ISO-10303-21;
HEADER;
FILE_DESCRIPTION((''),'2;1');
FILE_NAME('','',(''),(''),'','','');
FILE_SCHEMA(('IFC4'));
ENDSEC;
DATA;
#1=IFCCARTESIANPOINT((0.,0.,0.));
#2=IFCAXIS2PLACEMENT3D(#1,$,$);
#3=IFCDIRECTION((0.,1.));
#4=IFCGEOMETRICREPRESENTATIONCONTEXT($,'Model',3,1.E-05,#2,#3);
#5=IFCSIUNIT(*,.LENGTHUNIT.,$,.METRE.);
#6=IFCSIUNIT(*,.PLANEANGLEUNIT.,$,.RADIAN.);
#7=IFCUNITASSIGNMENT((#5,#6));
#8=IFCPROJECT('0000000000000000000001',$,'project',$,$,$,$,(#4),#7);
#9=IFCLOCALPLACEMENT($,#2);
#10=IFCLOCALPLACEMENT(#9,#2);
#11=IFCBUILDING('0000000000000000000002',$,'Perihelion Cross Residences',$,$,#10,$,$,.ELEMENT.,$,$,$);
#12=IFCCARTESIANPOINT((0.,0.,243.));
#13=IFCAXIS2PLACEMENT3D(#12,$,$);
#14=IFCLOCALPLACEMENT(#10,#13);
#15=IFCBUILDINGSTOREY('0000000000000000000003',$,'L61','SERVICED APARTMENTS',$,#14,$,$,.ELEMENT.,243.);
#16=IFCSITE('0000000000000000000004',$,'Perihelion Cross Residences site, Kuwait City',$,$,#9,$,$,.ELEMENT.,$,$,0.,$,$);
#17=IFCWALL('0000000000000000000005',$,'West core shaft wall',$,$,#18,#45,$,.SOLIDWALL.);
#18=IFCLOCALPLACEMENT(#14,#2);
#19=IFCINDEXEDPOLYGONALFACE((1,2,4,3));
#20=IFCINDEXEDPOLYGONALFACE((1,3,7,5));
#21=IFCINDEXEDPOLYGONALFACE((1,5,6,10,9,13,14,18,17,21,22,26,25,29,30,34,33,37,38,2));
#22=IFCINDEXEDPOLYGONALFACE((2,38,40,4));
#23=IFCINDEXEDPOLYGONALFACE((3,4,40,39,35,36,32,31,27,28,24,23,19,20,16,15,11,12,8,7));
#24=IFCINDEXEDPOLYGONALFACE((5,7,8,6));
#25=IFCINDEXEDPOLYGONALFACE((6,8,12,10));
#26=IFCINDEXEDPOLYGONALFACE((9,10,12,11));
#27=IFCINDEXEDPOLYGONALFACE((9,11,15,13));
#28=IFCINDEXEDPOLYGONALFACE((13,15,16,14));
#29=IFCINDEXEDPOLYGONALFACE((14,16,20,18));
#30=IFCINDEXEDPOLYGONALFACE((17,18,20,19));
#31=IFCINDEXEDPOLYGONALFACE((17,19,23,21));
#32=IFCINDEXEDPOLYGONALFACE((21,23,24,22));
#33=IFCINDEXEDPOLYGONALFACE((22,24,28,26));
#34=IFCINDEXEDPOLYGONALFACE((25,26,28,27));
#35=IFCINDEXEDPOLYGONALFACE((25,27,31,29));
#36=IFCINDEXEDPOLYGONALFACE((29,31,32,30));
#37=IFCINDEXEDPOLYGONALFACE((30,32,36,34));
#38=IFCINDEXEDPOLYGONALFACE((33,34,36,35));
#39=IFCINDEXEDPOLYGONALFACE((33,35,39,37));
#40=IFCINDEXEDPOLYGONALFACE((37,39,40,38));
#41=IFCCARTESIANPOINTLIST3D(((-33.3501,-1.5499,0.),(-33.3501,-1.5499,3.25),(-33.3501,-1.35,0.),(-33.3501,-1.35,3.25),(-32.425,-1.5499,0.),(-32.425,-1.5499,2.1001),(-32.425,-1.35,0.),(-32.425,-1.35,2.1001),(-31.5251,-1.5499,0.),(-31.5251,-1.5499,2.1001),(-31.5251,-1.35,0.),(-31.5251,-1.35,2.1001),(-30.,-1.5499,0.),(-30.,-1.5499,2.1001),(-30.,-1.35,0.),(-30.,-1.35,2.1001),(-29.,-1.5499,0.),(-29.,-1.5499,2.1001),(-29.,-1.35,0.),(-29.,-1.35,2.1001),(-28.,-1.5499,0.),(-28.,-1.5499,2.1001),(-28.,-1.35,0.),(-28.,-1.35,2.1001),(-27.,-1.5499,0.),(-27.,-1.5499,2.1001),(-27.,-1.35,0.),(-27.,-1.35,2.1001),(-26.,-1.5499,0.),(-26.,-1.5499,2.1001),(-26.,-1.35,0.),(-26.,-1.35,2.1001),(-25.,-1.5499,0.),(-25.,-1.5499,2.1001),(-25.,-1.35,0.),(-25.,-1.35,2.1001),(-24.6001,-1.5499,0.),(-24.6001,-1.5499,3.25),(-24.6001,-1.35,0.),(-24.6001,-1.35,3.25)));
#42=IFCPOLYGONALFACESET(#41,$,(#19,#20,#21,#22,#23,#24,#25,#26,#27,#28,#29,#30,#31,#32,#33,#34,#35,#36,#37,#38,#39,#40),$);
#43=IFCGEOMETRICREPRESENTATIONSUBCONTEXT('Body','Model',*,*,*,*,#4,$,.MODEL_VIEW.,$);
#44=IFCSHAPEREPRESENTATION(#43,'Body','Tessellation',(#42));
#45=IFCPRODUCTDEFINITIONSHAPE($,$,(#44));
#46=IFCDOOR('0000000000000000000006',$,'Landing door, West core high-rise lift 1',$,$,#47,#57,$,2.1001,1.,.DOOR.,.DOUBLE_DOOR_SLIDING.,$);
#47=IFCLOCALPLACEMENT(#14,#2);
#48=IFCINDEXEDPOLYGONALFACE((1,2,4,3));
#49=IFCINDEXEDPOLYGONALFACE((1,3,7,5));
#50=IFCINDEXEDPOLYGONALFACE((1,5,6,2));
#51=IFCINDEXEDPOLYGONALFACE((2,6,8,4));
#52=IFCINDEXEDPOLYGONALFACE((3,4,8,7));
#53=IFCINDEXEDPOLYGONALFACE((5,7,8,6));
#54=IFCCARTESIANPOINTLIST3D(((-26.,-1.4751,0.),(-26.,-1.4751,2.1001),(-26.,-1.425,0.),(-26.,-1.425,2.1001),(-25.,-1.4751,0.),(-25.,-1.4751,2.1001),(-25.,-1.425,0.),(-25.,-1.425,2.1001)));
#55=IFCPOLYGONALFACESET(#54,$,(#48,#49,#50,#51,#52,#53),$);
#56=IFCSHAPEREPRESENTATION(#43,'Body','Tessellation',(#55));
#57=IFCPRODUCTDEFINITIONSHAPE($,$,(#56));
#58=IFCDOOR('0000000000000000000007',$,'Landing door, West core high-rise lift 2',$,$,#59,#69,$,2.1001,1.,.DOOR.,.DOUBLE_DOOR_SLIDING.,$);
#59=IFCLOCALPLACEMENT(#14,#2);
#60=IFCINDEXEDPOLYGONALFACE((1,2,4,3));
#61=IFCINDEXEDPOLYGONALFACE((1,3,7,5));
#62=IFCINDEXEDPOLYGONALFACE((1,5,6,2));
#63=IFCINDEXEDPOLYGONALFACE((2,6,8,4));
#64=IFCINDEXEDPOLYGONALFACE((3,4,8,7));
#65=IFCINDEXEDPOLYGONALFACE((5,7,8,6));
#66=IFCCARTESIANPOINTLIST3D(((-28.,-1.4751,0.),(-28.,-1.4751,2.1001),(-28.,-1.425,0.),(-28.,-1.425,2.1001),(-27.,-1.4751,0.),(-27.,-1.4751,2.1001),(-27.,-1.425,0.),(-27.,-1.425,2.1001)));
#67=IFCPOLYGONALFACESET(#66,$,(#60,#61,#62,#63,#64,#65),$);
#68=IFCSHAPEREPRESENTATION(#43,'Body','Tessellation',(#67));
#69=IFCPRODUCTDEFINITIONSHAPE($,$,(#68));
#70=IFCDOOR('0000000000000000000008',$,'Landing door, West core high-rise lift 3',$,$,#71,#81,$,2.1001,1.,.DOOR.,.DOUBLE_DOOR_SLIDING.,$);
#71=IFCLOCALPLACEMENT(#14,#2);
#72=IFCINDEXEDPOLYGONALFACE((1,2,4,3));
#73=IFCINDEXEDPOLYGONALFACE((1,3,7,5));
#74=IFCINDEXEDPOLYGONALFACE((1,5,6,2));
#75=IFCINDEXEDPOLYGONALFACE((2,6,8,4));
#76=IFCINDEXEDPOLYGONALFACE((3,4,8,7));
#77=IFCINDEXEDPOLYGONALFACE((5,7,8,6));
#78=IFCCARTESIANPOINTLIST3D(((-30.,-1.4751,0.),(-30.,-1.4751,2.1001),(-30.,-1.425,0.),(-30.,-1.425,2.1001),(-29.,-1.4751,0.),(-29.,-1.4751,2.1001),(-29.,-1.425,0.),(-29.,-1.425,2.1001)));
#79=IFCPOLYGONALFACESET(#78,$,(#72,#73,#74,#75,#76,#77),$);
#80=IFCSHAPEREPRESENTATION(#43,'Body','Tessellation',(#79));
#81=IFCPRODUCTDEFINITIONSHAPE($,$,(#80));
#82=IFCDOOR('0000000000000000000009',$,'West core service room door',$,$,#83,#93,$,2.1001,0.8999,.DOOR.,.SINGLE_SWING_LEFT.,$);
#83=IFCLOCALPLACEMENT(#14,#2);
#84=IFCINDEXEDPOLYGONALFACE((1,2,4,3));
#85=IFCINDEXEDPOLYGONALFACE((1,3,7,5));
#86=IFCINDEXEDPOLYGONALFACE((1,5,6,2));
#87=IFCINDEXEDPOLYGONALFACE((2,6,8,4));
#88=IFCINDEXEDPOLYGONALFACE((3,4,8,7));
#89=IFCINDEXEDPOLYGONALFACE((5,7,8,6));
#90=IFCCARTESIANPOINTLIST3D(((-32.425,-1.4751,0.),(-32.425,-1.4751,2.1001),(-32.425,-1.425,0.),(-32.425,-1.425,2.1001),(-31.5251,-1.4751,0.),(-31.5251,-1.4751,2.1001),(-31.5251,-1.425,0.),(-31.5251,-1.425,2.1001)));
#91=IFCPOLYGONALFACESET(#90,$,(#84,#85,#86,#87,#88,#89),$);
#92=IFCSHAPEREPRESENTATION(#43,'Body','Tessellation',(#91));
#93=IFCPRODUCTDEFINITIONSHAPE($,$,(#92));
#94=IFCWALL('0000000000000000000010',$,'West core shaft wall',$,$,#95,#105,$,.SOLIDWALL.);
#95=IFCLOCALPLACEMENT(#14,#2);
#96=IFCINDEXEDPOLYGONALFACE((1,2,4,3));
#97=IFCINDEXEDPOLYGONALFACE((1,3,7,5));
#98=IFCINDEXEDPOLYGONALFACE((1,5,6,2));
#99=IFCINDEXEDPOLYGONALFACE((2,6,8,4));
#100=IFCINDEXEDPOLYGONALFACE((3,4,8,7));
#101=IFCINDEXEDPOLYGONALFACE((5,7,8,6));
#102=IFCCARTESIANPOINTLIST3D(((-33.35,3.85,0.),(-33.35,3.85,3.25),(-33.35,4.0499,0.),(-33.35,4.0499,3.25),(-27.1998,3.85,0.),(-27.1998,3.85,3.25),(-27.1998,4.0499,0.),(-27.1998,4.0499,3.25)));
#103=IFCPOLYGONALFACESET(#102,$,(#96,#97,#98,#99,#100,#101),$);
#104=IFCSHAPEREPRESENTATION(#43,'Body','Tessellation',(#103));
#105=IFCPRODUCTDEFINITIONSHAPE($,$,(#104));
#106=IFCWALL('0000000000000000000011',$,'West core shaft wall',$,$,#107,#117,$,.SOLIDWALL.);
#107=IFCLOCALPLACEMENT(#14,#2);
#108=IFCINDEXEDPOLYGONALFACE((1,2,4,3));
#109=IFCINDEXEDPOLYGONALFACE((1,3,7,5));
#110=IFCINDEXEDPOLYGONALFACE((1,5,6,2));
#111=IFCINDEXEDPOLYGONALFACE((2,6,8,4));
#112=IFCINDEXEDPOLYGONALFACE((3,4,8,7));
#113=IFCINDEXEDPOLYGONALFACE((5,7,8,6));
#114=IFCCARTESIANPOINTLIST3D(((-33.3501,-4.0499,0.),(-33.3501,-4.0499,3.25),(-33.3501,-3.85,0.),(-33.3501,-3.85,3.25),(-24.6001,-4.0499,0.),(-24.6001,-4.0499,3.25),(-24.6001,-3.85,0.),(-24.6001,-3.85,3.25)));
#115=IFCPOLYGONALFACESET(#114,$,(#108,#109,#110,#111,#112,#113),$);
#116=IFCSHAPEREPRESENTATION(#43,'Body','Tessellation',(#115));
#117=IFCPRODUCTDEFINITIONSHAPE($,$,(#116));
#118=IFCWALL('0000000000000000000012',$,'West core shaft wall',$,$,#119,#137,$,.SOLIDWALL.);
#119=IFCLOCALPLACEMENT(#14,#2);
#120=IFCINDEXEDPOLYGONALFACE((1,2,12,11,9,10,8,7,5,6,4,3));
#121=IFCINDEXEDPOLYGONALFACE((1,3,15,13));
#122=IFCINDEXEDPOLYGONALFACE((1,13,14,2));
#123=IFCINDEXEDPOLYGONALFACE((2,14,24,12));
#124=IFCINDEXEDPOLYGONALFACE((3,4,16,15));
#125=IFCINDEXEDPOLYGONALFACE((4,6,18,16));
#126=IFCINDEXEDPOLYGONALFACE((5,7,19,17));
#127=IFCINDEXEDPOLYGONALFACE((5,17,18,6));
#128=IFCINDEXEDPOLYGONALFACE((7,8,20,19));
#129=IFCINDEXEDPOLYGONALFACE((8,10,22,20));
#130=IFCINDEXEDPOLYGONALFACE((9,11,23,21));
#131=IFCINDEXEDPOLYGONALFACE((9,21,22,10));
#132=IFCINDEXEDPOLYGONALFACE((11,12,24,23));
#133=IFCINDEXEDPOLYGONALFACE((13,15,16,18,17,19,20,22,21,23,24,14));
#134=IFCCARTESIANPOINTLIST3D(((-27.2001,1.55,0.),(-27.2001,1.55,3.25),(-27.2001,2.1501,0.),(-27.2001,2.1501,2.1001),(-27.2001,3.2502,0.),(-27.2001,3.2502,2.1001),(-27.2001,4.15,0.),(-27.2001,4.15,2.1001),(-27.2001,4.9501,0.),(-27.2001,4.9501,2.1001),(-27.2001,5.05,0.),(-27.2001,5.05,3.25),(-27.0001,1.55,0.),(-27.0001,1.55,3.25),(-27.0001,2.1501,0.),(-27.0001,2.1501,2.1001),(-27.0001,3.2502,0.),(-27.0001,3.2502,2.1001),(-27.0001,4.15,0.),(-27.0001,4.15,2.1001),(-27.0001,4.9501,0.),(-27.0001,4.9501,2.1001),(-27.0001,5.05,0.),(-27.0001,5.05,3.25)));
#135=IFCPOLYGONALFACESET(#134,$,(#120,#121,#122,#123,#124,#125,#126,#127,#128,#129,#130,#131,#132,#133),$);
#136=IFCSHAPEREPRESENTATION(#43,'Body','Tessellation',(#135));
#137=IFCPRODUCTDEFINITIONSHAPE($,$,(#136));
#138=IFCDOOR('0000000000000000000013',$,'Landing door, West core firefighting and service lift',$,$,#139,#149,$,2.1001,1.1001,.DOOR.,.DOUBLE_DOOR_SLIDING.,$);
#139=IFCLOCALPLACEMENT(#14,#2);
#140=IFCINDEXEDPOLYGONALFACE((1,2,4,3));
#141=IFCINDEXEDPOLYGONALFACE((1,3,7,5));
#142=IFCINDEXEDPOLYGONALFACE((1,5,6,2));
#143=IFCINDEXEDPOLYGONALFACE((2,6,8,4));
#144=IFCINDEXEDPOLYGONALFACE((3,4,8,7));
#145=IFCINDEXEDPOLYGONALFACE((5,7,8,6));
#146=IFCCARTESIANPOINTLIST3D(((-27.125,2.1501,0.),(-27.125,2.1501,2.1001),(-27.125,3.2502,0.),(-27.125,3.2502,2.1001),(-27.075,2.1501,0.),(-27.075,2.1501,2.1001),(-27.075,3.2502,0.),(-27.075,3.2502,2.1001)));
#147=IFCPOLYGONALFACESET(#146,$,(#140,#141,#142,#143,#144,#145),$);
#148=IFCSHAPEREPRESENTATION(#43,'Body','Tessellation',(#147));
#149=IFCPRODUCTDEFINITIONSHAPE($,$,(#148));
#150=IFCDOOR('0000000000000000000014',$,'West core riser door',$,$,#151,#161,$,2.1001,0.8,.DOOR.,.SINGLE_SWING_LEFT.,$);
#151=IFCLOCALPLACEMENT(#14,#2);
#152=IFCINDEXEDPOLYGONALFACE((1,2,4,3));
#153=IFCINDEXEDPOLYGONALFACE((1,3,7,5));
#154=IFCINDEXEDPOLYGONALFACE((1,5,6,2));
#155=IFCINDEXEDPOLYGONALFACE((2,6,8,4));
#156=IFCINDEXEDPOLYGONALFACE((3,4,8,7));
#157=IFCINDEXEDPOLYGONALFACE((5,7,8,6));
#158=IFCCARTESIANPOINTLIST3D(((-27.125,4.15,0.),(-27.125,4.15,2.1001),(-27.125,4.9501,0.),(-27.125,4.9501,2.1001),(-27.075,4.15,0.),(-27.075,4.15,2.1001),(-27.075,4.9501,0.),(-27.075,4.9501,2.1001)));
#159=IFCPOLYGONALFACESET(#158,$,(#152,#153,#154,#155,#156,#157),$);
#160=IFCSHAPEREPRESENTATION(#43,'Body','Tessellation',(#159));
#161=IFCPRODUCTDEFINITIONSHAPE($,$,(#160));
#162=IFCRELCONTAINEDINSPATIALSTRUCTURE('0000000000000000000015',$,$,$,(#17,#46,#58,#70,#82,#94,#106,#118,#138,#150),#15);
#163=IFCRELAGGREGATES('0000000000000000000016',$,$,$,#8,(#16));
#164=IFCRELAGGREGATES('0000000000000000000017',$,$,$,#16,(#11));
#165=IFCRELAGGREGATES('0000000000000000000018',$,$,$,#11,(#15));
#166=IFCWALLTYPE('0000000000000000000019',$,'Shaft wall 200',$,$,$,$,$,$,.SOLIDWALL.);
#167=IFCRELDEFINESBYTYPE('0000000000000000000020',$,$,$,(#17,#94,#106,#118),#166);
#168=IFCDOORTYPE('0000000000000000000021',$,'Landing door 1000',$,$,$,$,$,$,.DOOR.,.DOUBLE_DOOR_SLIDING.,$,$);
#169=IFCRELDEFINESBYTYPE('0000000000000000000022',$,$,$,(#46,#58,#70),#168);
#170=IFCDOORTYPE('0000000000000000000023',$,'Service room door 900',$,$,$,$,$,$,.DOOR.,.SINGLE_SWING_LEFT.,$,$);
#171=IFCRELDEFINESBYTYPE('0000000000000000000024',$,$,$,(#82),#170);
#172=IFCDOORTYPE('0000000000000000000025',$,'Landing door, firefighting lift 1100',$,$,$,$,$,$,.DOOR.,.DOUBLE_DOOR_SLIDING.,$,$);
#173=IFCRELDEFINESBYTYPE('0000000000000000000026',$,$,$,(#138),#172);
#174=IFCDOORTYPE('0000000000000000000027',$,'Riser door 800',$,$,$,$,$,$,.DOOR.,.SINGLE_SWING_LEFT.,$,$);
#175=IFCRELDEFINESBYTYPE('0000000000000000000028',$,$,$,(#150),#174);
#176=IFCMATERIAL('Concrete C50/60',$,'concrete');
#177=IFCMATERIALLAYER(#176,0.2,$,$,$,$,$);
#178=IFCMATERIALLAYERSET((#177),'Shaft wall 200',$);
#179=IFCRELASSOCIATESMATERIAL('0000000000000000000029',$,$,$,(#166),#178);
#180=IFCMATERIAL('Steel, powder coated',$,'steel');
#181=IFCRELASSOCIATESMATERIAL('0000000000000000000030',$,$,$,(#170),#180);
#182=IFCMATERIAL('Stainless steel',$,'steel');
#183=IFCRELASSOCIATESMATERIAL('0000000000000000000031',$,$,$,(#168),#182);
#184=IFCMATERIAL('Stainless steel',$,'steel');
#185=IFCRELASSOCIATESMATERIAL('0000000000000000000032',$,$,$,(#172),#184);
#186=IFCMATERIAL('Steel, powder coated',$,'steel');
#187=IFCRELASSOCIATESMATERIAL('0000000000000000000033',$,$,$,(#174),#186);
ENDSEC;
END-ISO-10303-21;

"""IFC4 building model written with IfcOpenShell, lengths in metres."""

from ifc_helpers import new_model, si_unit, direction, frame, frame_2d, origin, place, context, subcontext, project, spatial, rectangle, extrude, material, layer, layer_set, type_object, element, fill, save


model = new_model("IFC4")

# Units and contexts
model_context = context("Model", 3, precision=1e-05, world=origin(), true_north=direction((0.0, 1.0)))
body_context = subcontext(model_context, "Body", "Model", "MODEL_VIEW")
ifc_project = project(units=[si_unit("LENGTHUNIT", "METRE"), si_unit("PLANEANGLEUNIT", "RADIAN")], contexts=[model_context])

# Site, building, storey
site_placement = place(None, origin())
site = spatial("IfcSite", under=ifc_project, at=site_placement, Name="Perihelion Cross Residences site, Kuwait City", CompositionType="ELEMENT", RefElevation=0.0)
building_placement = place(site_placement, origin())
building = spatial("IfcBuilding", under=site, at=building_placement, Name="Perihelion Cross Residences", CompositionType="ELEMENT")
storey_placement = place(building_placement, frame((0.0, 0.0, 243.0)))
storey = spatial("IfcBuildingStorey", under=building, at=storey_placement, Name="L61", Description="SERVICED APARTMENTS", CompositionType="ELEMENT", Elevation=243.0)

# Wall, openings, doors
ifc_material_1 = material(Name="Concrete C50/60", Category="concrete")
ifc_layer_1 = layer(ifc_material_1, 0.2)
ifc_layer_set_1 = layer_set([ifc_layer_1], Name="Shaft wall 200")
wall_type_1 = type_object("IfcWallType", Name="Shaft wall 200", PredefinedType="SOLIDWALL", material=ifc_layer_set_1)
ifc_material_2 = material(Name="Steel, powder coated", Category="steel")
door_type_1 = type_object("IfcDoorType", Name="Service room door 900", OperationType="SINGLE_SWING_LEFT", PredefinedType="DOOR", material=ifc_material_2)
wall_1_placement = place(storey_placement, frame((-33.3501, -1.45, 0.0), z_axis=(0.0, 0.0, 1.0), x_axis=(1.0, 0.0, 0.0)))
wall_1 = element("IfcWall", 1, at=wall_1_placement, inside=storey, type_object=wall_type_1, Name="West core shaft wall", PredefinedType="SOLIDWALL", context=body_context, shape_type="SweptSolid", body=[
    extrude(rectangle(XDim=8.75, YDim=0.2, at=frame_2d((4.375, 0.0))), origin(), (0.0, 0.0, 1.0), 3.25),
])
opening_1_placement = place(wall_1_placement, frame((7.3501, 0.0, 0.0)))
opening_1 = element("IfcOpeningElement", 2, at=opening_1_placement, cuts=wall_1, PredefinedType="OPENING", context=body_context, shape_type="SweptSolid", body=[
    extrude(rectangle(XDim=1.0, YDim=2.1001, at=frame_2d((0.5, 1.05))), frame((0.0, 0.1099, 0.0), z_axis=(0.0, -1.0, 0.0), x_axis=(1.0, 0.0, 0.0)), (0.0, 0.0, 1.0), 0.22),
])
opening_2_placement = place(wall_1_placement, frame((5.3501, 0.0, 0.0)))
opening_2 = element("IfcOpeningElement", 3, at=opening_2_placement, cuts=wall_1, PredefinedType="OPENING", context=body_context, shape_type="SweptSolid", body=[
    extrude(rectangle(XDim=1.0, YDim=2.1001, at=frame_2d((0.5, 1.05))), frame((0.0, 0.1099, 0.0), z_axis=(0.0, -1.0, 0.0), x_axis=(1.0, 0.0, 0.0)), (0.0, 0.0, 1.0), 0.22),
])
opening_3_placement = place(wall_1_placement, frame((3.3501, 0.0, 0.0)))
opening_3 = element("IfcOpeningElement", 4, at=opening_3_placement, cuts=wall_1, PredefinedType="OPENING", context=body_context, shape_type="SweptSolid", body=[
    extrude(rectangle(XDim=1.0, YDim=2.1001, at=frame_2d((0.5, 1.05))), frame((0.0, 0.1099, 0.0), z_axis=(0.0, -1.0, 0.0), x_axis=(1.0, 0.0, 0.0)), (0.0, 0.0, 1.0), 0.22),
])
opening_4_placement = place(wall_1_placement, frame((0.925, 0.0, 0.0)))
opening_4 = element("IfcOpeningElement", 5, at=opening_4_placement, cuts=wall_1, PredefinedType="OPENING", context=body_context, shape_type="SweptSolid", body=[
    extrude(rectangle(XDim=0.8999, YDim=2.1001, at=frame_2d((0.45, 1.05))), frame((0.0, 0.1099, 0.0), z_axis=(0.0, -1.0, 0.0), x_axis=(1.0, 0.0, 0.0)), (0.0, 0.0, 1.0), 0.22),
])
ifc_material_3 = material(Name="Stainless steel", Category="steel")
door_type_2 = type_object("IfcDoorType", Name="Landing door 1000", OperationType="DOUBLE_DOOR_SLIDING", PredefinedType="DOOR", material=ifc_material_3)
door_1_placement = place(opening_1_placement, origin())
door_1 = element("IfcDoor", 6, at=door_1_placement, inside=storey, type_object=door_type_2, Name="Landing door, West core high-rise lift 1", OperationType="DOUBLE_DOOR_SLIDING", OverallHeight=2.1001, OverallWidth=1.0, PredefinedType="DOOR", context=body_context, shape_type="SweptSolid", body=[
    extrude(rectangle(XDim=1.0, YDim=2.1001, at=frame_2d((0.5, 1.05))), frame((0.0, 0.0249, 0.0), z_axis=(0.0, -1.0, 0.0), x_axis=(1.0, 0.0, 0.0)), (0.0, 0.0, 1.0), 0.05),
])
fill(opening_1, door_1)
door_2_placement = place(opening_2_placement, origin())
door_2 = element("IfcDoor", 7, at=door_2_placement, inside=storey, type_object=door_type_2, Name="Landing door, West core high-rise lift 2", OperationType="DOUBLE_DOOR_SLIDING", OverallHeight=2.1001, OverallWidth=1.0, PredefinedType="DOOR", context=body_context, shape_type="SweptSolid", body=[
    extrude(rectangle(XDim=1.0, YDim=2.1001, at=frame_2d((0.5, 1.05))), frame((0.0, 0.0249, 0.0), z_axis=(0.0, -1.0, 0.0), x_axis=(1.0, 0.0, 0.0)), (0.0, 0.0, 1.0), 0.05),
])
fill(opening_2, door_2)
door_3_placement = place(opening_3_placement, origin())
door_3 = element("IfcDoor", 8, at=door_3_placement, inside=storey, type_object=door_type_2, Name="Landing door, West core high-rise lift 3", OperationType="DOUBLE_DOOR_SLIDING", OverallHeight=2.1001, OverallWidth=1.0, PredefinedType="DOOR", context=body_context, shape_type="SweptSolid", body=[
    extrude(rectangle(XDim=1.0, YDim=2.1001, at=frame_2d((0.5, 1.05))), frame((0.0, 0.0249, 0.0), z_axis=(0.0, -1.0, 0.0), x_axis=(1.0, 0.0, 0.0)), (0.0, 0.0, 1.0), 0.05),
])
fill(opening_3, door_3)
door_4_placement = place(opening_4_placement, origin())
door_4 = element("IfcDoor", 9, at=door_4_placement, inside=storey, type_object=door_type_1, Name="West core service room door", OperationType="SINGLE_SWING_LEFT", OverallHeight=2.1001, OverallWidth=0.8999, PredefinedType="DOOR", context=body_context, shape_type="SweptSolid", body=[
    extrude(rectangle(XDim=0.8999, YDim=2.1001, at=frame_2d((0.45, 1.05))), frame((0.0, 0.0249, 0.0), z_axis=(0.0, -1.0, 0.0), x_axis=(1.0, 0.0, 0.0)), (0.0, 0.0, 1.0), 0.05),
])
fill(opening_4, door_4)

# Walls
wall_2_placement = place(storey_placement, frame((-33.3501, 3.95, 0.0), z_axis=(0.0, 0.0, 1.0), x_axis=(1.0, 0.0, 0.0)))
element("IfcWall", 10, at=wall_2_placement, inside=storey, type_object=wall_type_1, Name="West core shaft wall", PredefinedType="SOLIDWALL", context=body_context, shape_type="SweptSolid", body=[
    extrude(rectangle(XDim=6.1501, YDim=0.2, at=frame_2d((3.0752, 0.0))), origin(), (0.0, 0.0, 1.0), 3.25),
])
wall_3_placement = place(storey_placement, frame((-33.3501, -3.95, 0.0), z_axis=(0.0, 0.0, 1.0), x_axis=(1.0, 0.0, 0.0)))
element("IfcWall", 11, at=wall_3_placement, inside=storey, type_object=wall_type_1, Name="West core shaft wall", PredefinedType="SOLIDWALL", context=body_context, shape_type="SweptSolid", body=[
    extrude(rectangle(XDim=8.75, YDim=0.2, at=frame_2d((4.375, 0.0))), origin(), (0.0, 0.0, 1.0), 3.25),
])

# Wall, openings, doors
wall_4_placement = place(storey_placement, frame((-27.1001, 1.55, 0.0), z_axis=(0.0, 0.0, 1.0), x_axis=(0.0, 1.0, 0.0)))
wall_4 = element("IfcWall", 12, at=wall_4_placement, inside=storey, type_object=wall_type_1, Name="West core shaft wall", PredefinedType="SOLIDWALL", context=body_context, shape_type="SweptSolid", body=[
    extrude(rectangle(XDim=3.5, YDim=0.2, at=frame_2d((1.75, 0.0))), origin(), (0.0, 0.0, 1.0), 3.25),
])
opening_5_placement = place(wall_4_placement, frame((0.6001, 0.0, 0.0)))
opening_5 = element("IfcOpeningElement", 13, at=opening_5_placement, cuts=wall_4, PredefinedType="OPENING", context=body_context, shape_type="SweptSolid", body=[
    extrude(rectangle(XDim=1.1001, YDim=2.1001, at=frame_2d((0.55, 1.05))), frame((0.0, 0.1099, 0.0), z_axis=(0.0, -1.0, 0.0), x_axis=(1.0, 0.0, 0.0)), (0.0, 0.0, 1.0), 0.22),
])
opening_6_placement = place(wall_4_placement, frame((2.6001, 0.0, 0.0)))
opening_6 = element("IfcOpeningElement", 14, at=opening_6_placement, cuts=wall_4, PredefinedType="OPENING", context=body_context, shape_type="SweptSolid", body=[
    extrude(rectangle(XDim=0.8, YDim=2.1001, at=frame_2d((0.3999, 1.05))), frame((0.0, 0.1099, 0.0), z_axis=(0.0, -1.0, 0.0), x_axis=(1.0, 0.0, 0.0)), (0.0, 0.0, 1.0), 0.22),
])
ifc_material_4 = material(Name="Stainless steel", Category="steel")
door_type_3 = type_object("IfcDoorType", Name="Landing door, firefighting lift 1100", OperationType="DOUBLE_DOOR_SLIDING", PredefinedType="DOOR", material=ifc_material_4)
door_5_placement = place(opening_5_placement, origin())
door_5 = element("IfcDoor", 15, at=door_5_placement, inside=storey, type_object=door_type_3, Name="Landing door, West core firefighting and service lift", OperationType="DOUBLE_DOOR_SLIDING", OverallHeight=2.1001, OverallWidth=1.1001, PredefinedType="DOOR", context=body_context, shape_type="SweptSolid", body=[
    extrude(rectangle(XDim=1.1001, YDim=2.1001, at=frame_2d((0.55, 1.05))), frame((0.0, 0.0249, 0.0), z_axis=(0.0, -1.0, 0.0), x_axis=(1.0, 0.0, 0.0)), (0.0, 0.0, 1.0), 0.05),
])
fill(opening_5, door_5)
ifc_material_5 = material(Name="Steel, powder coated", Category="steel")
door_type_4 = type_object("IfcDoorType", Name="Riser door 800", OperationType="SINGLE_SWING_LEFT", PredefinedType="DOOR", material=ifc_material_5)
door_6_placement = place(opening_6_placement, origin())
door_6 = element("IfcDoor", 16, at=door_6_placement, inside=storey, type_object=door_type_4, Name="West core riser door", OperationType="SINGLE_SWING_LEFT", OverallHeight=2.1001, OverallWidth=0.8, PredefinedType="DOOR", context=body_context, shape_type="SweptSolid", body=[
    extrude(rectangle(XDim=0.8, YDim=2.1001, at=frame_2d((0.3999, 1.05))), frame((0.0, 0.0249, 0.0), z_axis=(0.0, -1.0, 0.0), x_axis=(1.0, 0.0, 0.0)), (0.0, 0.0, 1.0), 0.05),
])
fill(opening_6, door_6)

save(model, "model.ifc")
